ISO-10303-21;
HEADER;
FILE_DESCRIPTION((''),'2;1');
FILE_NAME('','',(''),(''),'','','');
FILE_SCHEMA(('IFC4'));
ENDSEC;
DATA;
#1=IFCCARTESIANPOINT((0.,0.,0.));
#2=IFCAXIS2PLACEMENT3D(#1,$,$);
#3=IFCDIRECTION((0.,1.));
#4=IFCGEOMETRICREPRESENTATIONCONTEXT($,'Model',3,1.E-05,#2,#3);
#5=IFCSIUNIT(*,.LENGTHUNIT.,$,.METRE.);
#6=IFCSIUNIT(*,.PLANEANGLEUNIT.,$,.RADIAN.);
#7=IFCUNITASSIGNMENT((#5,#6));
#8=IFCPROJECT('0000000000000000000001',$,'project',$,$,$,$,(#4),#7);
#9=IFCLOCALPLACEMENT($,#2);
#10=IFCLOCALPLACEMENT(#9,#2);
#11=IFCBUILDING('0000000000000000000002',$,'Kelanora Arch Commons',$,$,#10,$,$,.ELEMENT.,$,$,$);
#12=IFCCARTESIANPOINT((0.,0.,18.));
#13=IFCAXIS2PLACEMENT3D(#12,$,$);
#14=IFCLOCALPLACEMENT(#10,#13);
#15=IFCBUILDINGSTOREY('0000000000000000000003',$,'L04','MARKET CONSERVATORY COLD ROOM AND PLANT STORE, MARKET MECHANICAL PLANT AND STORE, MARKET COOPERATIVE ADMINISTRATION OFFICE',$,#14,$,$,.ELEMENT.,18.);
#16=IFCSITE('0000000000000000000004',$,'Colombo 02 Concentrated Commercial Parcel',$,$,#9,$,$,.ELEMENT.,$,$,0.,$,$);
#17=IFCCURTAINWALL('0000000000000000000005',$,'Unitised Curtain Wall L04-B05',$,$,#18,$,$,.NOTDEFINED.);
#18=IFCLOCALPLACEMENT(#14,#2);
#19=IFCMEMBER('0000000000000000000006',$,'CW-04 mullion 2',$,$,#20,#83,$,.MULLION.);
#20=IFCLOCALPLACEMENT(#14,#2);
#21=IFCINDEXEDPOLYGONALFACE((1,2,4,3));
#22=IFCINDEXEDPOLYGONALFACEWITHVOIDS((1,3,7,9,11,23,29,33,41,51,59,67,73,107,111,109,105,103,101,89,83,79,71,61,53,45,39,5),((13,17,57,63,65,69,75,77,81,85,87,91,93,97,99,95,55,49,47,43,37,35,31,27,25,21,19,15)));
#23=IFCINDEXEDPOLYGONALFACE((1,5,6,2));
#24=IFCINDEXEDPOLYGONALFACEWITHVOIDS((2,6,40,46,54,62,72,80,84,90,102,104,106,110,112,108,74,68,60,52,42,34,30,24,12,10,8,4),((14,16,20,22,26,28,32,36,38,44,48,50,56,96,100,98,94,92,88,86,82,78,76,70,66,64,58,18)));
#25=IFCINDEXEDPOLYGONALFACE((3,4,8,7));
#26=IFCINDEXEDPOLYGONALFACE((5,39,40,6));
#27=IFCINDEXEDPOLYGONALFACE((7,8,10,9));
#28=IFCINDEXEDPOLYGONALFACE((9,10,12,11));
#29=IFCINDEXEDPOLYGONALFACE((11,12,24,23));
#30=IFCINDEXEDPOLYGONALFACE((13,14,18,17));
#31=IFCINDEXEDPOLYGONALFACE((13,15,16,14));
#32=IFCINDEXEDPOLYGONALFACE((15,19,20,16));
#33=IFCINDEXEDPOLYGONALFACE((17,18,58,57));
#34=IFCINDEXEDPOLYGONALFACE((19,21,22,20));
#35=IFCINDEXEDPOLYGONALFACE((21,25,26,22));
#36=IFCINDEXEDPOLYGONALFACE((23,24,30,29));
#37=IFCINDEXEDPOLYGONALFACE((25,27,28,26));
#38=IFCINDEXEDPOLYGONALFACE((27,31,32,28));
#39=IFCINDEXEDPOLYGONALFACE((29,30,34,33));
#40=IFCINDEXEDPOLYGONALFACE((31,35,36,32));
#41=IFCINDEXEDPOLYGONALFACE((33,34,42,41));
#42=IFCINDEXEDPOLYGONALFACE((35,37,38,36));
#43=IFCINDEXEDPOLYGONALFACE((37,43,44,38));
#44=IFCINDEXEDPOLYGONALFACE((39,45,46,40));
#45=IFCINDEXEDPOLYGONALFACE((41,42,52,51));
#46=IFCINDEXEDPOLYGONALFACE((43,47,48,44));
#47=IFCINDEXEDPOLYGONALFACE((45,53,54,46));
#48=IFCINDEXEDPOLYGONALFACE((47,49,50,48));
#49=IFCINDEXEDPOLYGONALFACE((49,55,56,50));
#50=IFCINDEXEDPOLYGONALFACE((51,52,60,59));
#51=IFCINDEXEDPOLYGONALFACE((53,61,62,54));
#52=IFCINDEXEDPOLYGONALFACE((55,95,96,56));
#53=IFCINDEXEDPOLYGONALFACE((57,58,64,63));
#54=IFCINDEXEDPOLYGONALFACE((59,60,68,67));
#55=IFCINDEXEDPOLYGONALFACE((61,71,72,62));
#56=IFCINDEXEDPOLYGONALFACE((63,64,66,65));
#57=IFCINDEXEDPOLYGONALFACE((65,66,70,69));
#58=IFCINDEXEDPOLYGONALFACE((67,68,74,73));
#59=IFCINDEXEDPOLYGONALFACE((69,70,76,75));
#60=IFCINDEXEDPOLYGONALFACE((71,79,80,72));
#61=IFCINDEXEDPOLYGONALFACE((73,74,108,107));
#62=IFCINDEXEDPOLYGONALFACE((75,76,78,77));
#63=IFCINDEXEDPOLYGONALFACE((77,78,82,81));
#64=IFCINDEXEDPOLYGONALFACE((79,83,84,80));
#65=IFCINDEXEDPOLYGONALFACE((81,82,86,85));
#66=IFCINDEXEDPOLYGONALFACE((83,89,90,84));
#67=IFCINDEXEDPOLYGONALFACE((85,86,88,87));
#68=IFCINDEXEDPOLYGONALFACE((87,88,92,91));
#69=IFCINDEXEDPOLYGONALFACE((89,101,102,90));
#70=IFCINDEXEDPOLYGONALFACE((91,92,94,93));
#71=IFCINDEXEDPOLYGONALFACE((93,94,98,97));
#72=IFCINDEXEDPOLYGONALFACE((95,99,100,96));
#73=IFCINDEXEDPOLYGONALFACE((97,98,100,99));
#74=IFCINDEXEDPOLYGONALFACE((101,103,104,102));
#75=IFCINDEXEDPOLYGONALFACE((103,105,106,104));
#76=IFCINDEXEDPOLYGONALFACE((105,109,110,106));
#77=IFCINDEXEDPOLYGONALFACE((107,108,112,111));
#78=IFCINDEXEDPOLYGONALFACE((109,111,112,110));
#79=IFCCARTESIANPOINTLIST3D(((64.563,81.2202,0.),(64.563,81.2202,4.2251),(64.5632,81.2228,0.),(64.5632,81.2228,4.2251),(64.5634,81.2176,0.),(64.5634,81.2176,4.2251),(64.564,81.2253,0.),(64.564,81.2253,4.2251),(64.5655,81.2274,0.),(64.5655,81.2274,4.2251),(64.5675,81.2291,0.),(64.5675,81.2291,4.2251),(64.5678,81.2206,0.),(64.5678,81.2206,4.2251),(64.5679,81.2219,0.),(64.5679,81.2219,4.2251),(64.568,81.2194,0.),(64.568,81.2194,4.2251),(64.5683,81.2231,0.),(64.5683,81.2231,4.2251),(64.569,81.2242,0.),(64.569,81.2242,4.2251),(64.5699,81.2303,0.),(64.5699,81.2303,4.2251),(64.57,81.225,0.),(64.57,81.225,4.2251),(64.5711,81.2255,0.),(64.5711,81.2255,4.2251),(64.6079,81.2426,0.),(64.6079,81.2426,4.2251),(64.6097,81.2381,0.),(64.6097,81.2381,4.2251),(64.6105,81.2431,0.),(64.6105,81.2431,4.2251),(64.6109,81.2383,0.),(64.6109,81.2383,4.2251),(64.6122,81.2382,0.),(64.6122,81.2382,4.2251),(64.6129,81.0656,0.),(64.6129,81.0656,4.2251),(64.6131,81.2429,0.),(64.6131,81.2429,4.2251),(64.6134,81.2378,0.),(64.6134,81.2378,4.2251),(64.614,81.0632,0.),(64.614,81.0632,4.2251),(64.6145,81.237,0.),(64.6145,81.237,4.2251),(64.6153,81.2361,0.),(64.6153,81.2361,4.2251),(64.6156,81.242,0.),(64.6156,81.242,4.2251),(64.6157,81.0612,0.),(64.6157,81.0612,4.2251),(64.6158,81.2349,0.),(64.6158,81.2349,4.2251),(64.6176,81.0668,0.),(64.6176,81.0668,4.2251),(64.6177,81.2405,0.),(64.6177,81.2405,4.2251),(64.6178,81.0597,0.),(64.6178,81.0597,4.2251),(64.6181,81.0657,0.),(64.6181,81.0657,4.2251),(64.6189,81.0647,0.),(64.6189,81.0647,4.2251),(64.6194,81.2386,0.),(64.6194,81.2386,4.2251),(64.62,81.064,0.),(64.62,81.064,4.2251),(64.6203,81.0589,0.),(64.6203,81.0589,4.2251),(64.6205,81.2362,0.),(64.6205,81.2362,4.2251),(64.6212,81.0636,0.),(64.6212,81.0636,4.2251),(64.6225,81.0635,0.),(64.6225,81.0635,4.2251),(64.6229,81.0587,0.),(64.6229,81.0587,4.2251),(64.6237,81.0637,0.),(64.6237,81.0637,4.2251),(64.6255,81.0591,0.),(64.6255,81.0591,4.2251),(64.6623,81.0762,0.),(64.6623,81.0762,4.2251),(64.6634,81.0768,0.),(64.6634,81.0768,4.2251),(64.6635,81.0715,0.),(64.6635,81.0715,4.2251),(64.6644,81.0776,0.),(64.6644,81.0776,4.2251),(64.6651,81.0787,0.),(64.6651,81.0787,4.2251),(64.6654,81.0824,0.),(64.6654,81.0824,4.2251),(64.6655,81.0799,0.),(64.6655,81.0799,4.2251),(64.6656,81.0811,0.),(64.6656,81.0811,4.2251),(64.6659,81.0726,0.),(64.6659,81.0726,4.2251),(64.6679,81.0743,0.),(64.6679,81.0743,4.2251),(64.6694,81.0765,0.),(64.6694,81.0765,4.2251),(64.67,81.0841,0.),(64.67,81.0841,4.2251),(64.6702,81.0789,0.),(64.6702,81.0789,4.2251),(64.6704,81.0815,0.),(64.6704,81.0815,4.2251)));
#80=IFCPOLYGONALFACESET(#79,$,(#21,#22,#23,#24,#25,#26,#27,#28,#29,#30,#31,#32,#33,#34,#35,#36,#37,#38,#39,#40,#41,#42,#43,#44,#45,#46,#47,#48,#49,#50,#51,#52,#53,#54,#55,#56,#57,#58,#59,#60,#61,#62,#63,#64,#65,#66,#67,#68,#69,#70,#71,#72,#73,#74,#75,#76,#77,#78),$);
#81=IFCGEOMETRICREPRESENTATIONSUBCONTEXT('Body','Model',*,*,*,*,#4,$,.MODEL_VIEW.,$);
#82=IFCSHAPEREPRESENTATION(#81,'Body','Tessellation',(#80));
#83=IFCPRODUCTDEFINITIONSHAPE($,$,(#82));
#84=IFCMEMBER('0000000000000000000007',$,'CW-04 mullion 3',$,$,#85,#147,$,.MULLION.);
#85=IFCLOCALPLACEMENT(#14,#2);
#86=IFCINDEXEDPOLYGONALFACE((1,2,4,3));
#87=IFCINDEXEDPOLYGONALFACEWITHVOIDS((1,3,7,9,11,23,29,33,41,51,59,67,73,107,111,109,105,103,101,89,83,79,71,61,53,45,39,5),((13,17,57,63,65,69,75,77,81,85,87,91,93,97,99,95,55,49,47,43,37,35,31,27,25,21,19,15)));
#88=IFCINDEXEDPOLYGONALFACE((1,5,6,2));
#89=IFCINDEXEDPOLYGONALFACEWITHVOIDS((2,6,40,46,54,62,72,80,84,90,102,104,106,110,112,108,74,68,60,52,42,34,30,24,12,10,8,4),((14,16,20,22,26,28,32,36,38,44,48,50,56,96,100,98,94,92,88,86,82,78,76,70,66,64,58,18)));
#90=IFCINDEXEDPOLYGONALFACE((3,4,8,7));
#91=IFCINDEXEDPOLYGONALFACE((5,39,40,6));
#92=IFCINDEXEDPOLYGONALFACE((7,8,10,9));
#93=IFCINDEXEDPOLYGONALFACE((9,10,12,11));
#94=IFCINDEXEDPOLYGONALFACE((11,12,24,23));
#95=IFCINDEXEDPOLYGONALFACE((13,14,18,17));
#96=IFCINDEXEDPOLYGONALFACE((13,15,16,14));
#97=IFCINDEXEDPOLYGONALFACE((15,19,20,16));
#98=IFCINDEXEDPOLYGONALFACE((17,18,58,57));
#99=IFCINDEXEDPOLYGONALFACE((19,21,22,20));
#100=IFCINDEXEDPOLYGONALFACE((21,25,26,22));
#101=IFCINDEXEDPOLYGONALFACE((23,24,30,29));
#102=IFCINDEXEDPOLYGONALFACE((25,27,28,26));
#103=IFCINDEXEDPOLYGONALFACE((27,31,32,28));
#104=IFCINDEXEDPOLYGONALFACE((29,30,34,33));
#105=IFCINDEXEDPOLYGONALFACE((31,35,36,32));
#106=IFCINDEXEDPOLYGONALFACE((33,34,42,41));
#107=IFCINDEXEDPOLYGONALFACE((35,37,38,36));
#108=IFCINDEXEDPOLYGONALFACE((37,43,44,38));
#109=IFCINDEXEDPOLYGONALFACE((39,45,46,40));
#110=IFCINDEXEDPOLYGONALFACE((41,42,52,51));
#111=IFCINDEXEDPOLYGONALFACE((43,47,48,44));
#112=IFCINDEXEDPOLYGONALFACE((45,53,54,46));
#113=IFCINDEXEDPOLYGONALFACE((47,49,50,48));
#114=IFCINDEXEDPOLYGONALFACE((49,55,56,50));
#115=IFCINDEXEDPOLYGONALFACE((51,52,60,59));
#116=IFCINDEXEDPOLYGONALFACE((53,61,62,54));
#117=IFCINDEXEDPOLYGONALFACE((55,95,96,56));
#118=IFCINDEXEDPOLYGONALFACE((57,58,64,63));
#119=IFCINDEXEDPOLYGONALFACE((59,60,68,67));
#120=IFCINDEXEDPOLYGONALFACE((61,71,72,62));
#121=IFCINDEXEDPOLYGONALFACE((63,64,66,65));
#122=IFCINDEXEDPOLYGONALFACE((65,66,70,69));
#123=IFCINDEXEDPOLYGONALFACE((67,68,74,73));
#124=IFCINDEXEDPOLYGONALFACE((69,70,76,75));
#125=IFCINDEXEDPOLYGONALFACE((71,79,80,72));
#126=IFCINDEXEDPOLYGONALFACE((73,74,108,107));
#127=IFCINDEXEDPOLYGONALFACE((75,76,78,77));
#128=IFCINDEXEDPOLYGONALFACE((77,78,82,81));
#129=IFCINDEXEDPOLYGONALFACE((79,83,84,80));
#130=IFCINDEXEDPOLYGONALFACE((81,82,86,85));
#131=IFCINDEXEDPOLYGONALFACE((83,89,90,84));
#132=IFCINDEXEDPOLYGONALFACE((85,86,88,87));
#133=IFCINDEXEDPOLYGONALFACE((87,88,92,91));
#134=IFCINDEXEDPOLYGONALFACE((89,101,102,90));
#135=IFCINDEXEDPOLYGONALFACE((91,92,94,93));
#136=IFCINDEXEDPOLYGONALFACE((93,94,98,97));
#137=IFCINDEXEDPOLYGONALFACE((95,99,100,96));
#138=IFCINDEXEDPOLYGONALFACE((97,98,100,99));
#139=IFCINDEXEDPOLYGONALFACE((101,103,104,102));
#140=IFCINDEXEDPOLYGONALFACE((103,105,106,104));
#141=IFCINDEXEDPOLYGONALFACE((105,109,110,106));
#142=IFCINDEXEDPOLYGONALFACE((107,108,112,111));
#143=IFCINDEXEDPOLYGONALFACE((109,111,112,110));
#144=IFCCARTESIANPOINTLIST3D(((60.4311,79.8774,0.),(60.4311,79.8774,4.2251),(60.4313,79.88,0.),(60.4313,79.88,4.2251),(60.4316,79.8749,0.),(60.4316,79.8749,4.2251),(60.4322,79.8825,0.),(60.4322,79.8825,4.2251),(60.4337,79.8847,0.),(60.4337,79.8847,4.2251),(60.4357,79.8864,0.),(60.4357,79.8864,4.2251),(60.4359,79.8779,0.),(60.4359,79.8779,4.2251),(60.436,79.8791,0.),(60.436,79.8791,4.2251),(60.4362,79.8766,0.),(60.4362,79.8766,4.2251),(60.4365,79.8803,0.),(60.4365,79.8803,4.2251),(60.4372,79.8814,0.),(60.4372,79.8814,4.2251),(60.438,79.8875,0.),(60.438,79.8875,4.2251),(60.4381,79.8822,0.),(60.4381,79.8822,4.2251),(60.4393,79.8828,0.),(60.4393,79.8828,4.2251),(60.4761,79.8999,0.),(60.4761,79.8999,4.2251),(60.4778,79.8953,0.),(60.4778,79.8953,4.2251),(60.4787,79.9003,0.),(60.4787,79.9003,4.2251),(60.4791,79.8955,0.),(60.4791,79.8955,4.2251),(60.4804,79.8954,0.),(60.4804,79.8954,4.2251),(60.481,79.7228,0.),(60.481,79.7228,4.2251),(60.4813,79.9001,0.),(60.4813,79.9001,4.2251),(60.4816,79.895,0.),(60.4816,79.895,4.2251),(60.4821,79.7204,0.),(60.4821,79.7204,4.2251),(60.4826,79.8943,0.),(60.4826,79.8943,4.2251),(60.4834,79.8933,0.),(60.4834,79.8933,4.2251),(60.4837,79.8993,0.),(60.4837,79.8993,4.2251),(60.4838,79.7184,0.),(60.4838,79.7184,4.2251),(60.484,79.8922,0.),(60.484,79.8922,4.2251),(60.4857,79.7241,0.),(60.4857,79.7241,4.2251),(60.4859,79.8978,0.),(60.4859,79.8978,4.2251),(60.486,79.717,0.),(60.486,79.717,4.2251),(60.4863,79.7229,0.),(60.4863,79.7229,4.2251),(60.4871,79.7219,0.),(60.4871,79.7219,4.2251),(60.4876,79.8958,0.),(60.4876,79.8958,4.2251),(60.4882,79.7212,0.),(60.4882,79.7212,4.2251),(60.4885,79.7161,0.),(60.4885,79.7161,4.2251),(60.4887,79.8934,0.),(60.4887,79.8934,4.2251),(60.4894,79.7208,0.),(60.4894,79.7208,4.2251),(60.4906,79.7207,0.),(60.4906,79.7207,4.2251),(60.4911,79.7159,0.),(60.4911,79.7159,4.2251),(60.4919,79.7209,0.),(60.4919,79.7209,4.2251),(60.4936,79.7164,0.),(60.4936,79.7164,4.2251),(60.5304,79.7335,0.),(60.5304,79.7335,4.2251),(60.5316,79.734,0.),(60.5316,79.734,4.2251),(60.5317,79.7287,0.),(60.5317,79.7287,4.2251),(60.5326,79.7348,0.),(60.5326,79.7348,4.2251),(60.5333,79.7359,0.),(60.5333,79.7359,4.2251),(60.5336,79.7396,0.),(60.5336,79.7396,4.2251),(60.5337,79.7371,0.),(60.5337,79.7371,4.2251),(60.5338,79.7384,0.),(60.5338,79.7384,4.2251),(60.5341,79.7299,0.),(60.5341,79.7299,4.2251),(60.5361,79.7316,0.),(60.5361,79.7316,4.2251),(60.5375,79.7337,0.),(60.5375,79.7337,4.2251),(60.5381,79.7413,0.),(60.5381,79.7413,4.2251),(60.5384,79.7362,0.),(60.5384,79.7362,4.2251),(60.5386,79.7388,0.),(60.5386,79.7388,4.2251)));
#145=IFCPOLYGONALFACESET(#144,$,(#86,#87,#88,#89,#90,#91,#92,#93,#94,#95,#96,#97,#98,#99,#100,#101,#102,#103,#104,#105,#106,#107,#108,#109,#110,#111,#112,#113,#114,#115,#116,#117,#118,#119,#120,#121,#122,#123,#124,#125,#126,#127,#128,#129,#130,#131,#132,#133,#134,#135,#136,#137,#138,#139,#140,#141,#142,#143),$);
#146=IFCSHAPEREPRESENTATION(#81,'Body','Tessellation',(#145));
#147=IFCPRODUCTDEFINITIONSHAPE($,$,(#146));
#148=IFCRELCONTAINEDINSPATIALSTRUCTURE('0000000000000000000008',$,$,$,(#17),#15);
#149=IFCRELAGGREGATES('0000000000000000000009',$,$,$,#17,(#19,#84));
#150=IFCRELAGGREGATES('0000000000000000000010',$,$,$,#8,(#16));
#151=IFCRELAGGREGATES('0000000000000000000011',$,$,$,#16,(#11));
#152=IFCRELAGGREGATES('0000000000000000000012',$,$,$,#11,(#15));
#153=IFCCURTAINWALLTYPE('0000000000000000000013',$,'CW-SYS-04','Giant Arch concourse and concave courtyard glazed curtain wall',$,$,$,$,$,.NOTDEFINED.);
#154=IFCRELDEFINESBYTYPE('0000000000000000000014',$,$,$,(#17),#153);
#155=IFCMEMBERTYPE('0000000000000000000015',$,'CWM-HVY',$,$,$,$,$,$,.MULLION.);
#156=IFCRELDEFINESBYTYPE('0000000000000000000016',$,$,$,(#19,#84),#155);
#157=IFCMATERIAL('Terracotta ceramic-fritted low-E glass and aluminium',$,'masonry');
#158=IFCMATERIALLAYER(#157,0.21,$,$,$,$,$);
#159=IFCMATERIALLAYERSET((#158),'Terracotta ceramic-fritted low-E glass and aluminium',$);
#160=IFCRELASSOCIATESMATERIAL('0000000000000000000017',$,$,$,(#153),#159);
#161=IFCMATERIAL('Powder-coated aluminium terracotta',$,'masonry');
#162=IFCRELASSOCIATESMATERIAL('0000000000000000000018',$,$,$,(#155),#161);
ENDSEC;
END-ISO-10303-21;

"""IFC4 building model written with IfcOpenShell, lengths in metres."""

from ifc_helpers import new_model, si_unit, direction, frame, origin, origin_2d, place, context, subcontext, project, spatial, hollow_rectangle, extrude, material, layer, layer_set, material_profile, profile_set, type_object, element, aggregate, save


model = new_model("IFC4")

# Units and contexts
model_context = context("Model", 3, precision=1e-05, world=origin(), true_north=direction((0.0, 1.0)))
body_context = subcontext(model_context, "Body", "Model", "MODEL_VIEW")
ifc_project = project(units=[si_unit("LENGTHUNIT", "METRE"), si_unit("PLANEANGLEUNIT", "RADIAN")], contexts=[model_context])

# Site, building, storey
site_placement = place(None, origin())
site = spatial("IfcSite", under=ifc_project, at=site_placement, Name="Colombo 02 Concentrated Commercial Parcel", CompositionType="ELEMENT", RefElevation=0.0)
building_placement = place(site_placement, origin())
building = spatial("IfcBuilding", under=site, at=building_placement, Name="Kelanora Arch Commons", CompositionType="ELEMENT")
storey_placement = place(building_placement, frame((0.0, 0.0, 18.0)))
storey = spatial("IfcBuildingStorey", under=building, at=storey_placement, Name="L04", Description="MARKET CONSERVATORY COLD ROOM AND PLANT STORE, MARKET MECHANICAL PLANT AND STORE, MARKET COOPERATIVE ADMINISTRATION OFFICE", CompositionType="ELEMENT", Elevation=18.0)

# Curtain wall, members
ifc_material_1 = material(Name="Terracotta ceramic-fritted low-E glass and aluminium", Category="masonry")
ifc_layer_1 = layer(ifc_material_1, 0.21)
ifc_layer_set_1 = layer_set([ifc_layer_1], Name="Terracotta ceramic-fritted low-E glass and aluminium")
curtain_wall_type = type_object("IfcCurtainWallType", Name="CW-SYS-04", Description="Giant Arch concourse and concave courtyard glazed curtain wall", PredefinedType="NOTDEFINED", material=ifc_layer_set_1)
curtain_wall_placement = place(storey_placement, origin())
curtain_wall = element("IfcCurtainWall", 1, at=curtain_wall_placement, inside=storey, type_object=curtain_wall_type, Name="Unitised Curtain Wall L04-B05", PredefinedType="NOTDEFINED")
ifc_material_2 = material(Name="Powder-coated aluminium terracotta", Category="masonry")
ifc_material_profile_1 = material_profile(ifc_material_2, hollow_rectangle(XDim=0.1799, YDim=0.0601, WallThickness=0.0049, InnerFilletRadius=0.0049, OuterFilletRadius=0.01, at=origin_2d()), Name="CWM180x60")
ifc_profile_set_1 = profile_set([ifc_material_profile_1], Name="Powder-coated aluminium terracotta")
member_type_1 = type_object("IfcMemberType", Name="CWM-HVY", PredefinedType="MULLION", material=ifc_profile_set_1)
member_1_placement = place(storey_placement, frame((64.6167, 81.1509, 0.0), z_axis=(0.0, 0.0, 1.0), x_axis=(0.30907, -0.951039, 0.0)))
member_1 = element("IfcMember", 2, at=member_1_placement, type_object=member_type_1, Name="CW-04 mullion 2", PredefinedType="MULLION", context=body_context, shape_type="SweptSolid", body=[
    extrude(hollow_rectangle(XDim=0.1799, YDim=0.0601, WallThickness=0.0049, InnerFilletRadius=0.0049, OuterFilletRadius=0.01, at=origin_2d()), origin(), (0.0, 0.0, 1.0), 4.2251),
])
member_2_placement = place(storey_placement, frame((60.4849, 79.8081, 0.0), z_axis=(0.0, 0.0, 1.0), x_axis=(0.30907, -0.951039, 0.0)))
member_2 = element("IfcMember", 3, at=member_2_placement, type_object=member_type_1, Name="CW-04 mullion 3", PredefinedType="MULLION", context=body_context, shape_type="SweptSolid", body=[
    extrude(hollow_rectangle(XDim=0.1799, YDim=0.0601, WallThickness=0.0049, InnerFilletRadius=0.0049, OuterFilletRadius=0.01, at=origin_2d()), origin(), (0.0, 0.0, 1.0), 4.2251),
])
aggregate(curtain_wall, [member_1, member_2])

save(model, "model.ifc")
